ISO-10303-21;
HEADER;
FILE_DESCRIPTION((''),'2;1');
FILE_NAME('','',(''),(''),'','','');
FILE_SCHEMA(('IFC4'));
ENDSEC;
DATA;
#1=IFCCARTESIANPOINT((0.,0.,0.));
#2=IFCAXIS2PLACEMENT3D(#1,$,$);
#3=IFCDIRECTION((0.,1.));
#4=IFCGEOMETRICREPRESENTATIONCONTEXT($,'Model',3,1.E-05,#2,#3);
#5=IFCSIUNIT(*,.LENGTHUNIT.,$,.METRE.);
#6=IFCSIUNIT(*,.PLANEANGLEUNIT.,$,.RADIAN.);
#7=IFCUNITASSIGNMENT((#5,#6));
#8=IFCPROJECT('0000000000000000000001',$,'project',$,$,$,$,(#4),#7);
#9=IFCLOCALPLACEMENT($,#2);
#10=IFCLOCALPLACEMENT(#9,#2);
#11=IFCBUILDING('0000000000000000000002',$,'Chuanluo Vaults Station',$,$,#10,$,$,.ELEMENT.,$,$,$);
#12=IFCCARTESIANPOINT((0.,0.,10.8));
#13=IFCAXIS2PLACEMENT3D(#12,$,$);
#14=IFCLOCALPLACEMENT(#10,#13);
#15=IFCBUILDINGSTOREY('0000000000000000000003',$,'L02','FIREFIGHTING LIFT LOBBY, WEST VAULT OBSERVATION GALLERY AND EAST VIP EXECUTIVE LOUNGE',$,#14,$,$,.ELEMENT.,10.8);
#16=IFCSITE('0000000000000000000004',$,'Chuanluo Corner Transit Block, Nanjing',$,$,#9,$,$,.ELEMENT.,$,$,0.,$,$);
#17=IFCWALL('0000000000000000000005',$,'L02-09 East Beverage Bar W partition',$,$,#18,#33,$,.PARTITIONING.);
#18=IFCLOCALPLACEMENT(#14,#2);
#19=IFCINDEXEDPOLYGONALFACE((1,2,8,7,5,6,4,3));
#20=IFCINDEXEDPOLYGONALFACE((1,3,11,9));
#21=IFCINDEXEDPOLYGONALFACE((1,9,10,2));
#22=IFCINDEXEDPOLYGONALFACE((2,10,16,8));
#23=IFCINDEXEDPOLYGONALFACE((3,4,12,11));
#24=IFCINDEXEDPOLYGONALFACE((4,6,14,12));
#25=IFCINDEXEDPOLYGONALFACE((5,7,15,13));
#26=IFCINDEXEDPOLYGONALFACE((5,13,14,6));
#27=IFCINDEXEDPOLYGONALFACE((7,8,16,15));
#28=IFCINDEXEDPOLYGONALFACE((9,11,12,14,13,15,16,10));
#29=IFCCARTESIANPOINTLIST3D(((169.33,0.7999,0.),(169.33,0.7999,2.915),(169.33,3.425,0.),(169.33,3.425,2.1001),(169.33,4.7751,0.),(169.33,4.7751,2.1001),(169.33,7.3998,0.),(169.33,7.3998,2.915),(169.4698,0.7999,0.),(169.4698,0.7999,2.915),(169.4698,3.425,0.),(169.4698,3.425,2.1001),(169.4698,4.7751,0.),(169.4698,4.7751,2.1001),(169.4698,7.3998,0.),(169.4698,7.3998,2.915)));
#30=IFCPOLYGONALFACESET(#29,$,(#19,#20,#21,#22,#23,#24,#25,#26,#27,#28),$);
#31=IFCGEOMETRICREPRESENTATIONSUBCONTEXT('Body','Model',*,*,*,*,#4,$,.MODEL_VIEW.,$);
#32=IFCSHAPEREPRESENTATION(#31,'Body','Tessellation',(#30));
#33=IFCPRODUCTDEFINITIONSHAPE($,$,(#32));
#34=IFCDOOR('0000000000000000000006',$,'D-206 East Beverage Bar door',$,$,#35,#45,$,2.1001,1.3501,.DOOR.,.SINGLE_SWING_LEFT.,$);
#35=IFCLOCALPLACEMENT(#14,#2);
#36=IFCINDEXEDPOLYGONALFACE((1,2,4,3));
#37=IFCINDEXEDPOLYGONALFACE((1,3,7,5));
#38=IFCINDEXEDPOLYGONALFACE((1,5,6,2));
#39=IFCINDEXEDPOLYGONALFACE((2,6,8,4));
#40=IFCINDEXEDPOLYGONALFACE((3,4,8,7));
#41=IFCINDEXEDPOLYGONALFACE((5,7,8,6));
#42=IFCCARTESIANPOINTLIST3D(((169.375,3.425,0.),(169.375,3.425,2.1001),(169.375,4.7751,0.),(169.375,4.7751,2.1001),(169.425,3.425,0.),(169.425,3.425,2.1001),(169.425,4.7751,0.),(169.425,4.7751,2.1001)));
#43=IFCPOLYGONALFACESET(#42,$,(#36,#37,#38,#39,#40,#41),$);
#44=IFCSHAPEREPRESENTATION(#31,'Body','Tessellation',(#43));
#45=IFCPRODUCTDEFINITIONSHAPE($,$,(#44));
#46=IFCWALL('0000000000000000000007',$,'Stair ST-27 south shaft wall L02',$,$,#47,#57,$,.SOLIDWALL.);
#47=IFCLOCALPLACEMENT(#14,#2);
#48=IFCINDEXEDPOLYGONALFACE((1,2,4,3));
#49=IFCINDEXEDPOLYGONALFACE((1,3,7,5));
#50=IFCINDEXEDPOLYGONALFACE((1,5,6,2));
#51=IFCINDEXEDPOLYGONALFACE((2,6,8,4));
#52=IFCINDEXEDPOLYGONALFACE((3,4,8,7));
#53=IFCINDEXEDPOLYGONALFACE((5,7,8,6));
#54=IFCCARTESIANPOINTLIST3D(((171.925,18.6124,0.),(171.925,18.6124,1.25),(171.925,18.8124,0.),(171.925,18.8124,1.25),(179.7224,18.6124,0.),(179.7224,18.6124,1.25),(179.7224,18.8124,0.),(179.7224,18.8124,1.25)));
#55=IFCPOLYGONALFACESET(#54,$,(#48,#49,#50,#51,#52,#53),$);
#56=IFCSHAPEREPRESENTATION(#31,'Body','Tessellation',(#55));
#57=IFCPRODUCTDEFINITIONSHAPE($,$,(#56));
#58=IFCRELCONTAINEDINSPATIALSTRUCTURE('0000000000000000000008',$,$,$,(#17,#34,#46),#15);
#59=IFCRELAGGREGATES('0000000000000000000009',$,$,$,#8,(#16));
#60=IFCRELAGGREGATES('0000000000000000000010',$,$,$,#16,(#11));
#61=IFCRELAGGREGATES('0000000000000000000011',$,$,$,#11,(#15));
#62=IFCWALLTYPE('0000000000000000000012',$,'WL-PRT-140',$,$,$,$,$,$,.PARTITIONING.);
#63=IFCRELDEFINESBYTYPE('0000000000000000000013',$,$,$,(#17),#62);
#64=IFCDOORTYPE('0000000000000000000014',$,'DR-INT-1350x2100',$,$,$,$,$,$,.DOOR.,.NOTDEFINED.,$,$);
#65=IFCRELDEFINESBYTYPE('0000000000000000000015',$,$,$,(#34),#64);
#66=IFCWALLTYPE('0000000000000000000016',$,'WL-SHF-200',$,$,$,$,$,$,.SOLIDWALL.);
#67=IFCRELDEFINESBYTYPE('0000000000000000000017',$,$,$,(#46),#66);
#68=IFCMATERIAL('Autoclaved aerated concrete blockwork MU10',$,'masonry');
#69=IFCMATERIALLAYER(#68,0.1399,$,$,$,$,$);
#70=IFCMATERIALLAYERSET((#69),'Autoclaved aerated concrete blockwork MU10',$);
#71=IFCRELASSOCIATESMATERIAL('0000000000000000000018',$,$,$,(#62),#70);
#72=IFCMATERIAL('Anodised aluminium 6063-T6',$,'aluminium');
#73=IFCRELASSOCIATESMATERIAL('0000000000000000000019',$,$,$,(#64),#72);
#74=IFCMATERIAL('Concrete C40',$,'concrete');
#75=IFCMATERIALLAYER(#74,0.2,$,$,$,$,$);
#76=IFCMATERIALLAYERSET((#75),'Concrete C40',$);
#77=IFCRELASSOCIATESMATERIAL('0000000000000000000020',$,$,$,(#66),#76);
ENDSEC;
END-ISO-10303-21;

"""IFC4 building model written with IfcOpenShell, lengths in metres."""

from ifc_helpers import new_model, si_unit, direction, frame, frame_2d, origin, place, context, subcontext, project, spatial, rectangle, extrude, material, layer, layer_set, type_object, element, fill, save


model = new_model("IFC4")

# Units and contexts
model_context = context("Model", 3, precision=1e-05, world=origin(), true_north=direction((0.0, 1.0)))
body_context = subcontext(model_context, "Body", "Model", "MODEL_VIEW")
ifc_project = project(units=[si_unit("LENGTHUNIT", "METRE"), si_unit("PLANEANGLEUNIT", "RADIAN")], contexts=[model_context])

# Site, building, storey
site_placement = place(None, origin())
site = spatial("IfcSite", under=ifc_project, at=site_placement, Name="Chuanluo Corner Transit Block, Nanjing", CompositionType="ELEMENT", RefElevation=0.0)
building_placement = place(site_placement, origin())
building = spatial("IfcBuilding", under=site, at=building_placement, Name="Chuanluo Vaults Station", CompositionType="ELEMENT")
storey_placement = place(building_placement, frame((0.0, 0.0, 10.8)))
storey = spatial("IfcBuildingStorey", under=building, at=storey_placement, Name="L02", Description="FIREFIGHTING LIFT LOBBY, WEST VAULT OBSERVATION GALLERY AND EAST VIP EXECUTIVE LOUNGE", CompositionType="ELEMENT", Elevation=10.8)

# Shared definitions
ifc_material_1 = material(Name="Autoclaved aerated concrete blockwork MU10", Category="masonry")
ifc_layer_1 = layer(ifc_material_1, 0.1399)
ifc_layer_set_1 = layer_set([ifc_layer_1], Name="Autoclaved aerated concrete blockwork MU10")
wall_type_1 = type_object("IfcWallType", Name="WL-PRT-140", PredefinedType="PARTITIONING", material=ifc_layer_set_1)

# Wall, opening, door
wall_1_placement = place(storey_placement, frame((169.3999, 0.8, 0.0), z_axis=(0.0, 0.0, 1.0), x_axis=(0.0, 1.0, 0.0)))
wall_1 = element("IfcWall", 1, at=wall_1_placement, inside=storey, type_object=wall_type_1, Name="L02-09 East Beverage Bar W partition", PredefinedType="PARTITIONING", context=body_context, shape_type="SweptSolid", body=[
    extrude(rectangle(XDim=6.5999, YDim=0.1399, at=frame_2d((3.2998, 0.0))), origin(), (0.0, 0.0, 1.0), 2.915),
])
opening_1_placement = place(wall_1_placement, frame((2.625, 0.0, 0.0)))
opening_1 = element("IfcOpeningElement", 2, at=opening_1_placement, cuts=wall_1, PredefinedType="OPENING", context=body_context, shape_type="SweptSolid", body=[
    extrude(rectangle(XDim=1.3501, YDim=2.1001, at=frame_2d((0.675, 1.05))), frame((0.0, 0.0798, 0.0), z_axis=(0.0, -1.0, 0.0), x_axis=(1.0, 0.0, 0.0)), (0.0, 0.0, 1.0), 0.1599),
])
ifc_material_2 = material(Name="Anodised aluminium 6063-T6", Category="aluminium")
door_type_1 = type_object("IfcDoorType", Name="DR-INT-1350x2100", OperationType="NOTDEFINED", PredefinedType="DOOR", material=ifc_material_2)
door_1_placement = place(opening_1_placement, origin())
door_1 = element("IfcDoor", 3, at=door_1_placement, inside=storey, type_object=door_type_1, Name="D-206 East Beverage Bar door", OperationType="SINGLE_SWING_LEFT", OverallHeight=2.1001, OverallWidth=1.3501, PredefinedType="DOOR", context=body_context, shape_type="SweptSolid", body=[
    extrude(rectangle(XDim=1.3501, YDim=2.1001, at=frame_2d((0.675, 1.05))), frame((0.0, 0.0249, 0.0), z_axis=(0.0, -1.0, 0.0), x_axis=(1.0, 0.0, 0.0)), (0.0, 0.0, 1.0), 0.05),
])
fill(opening_1, door_1)

# Wall
ifc_material_3 = material(Name="Concrete C40", Category="concrete")
ifc_layer_2 = layer(ifc_material_3, 0.2)
ifc_layer_set_2 = layer_set([ifc_layer_2], Name="Concrete C40")
wall_type_2 = type_object("IfcWallType", Name="WL-SHF-200", PredefinedType="SOLIDWALL", material=ifc_layer_set_2)
wall_2_placement = place(storey_placement, frame((171.925, 18.7124, 0.0), z_axis=(0.0, 0.0, 1.0), x_axis=(1.0, 0.0, 0.0)))
element("IfcWall", 4, at=wall_2_placement, inside=storey, type_object=wall_type_2, Name="Stair ST-27 south shaft wall L02", PredefinedType="SOLIDWALL", context=body_context, shape_type="SweptSolid", body=[
    extrude(rectangle(XDim=7.7974, YDim=0.2, at=frame_2d((3.8987, 0.0))), origin(), (0.0, 0.0, 1.0), 1.25),
])

save(model, "model.ifc")
